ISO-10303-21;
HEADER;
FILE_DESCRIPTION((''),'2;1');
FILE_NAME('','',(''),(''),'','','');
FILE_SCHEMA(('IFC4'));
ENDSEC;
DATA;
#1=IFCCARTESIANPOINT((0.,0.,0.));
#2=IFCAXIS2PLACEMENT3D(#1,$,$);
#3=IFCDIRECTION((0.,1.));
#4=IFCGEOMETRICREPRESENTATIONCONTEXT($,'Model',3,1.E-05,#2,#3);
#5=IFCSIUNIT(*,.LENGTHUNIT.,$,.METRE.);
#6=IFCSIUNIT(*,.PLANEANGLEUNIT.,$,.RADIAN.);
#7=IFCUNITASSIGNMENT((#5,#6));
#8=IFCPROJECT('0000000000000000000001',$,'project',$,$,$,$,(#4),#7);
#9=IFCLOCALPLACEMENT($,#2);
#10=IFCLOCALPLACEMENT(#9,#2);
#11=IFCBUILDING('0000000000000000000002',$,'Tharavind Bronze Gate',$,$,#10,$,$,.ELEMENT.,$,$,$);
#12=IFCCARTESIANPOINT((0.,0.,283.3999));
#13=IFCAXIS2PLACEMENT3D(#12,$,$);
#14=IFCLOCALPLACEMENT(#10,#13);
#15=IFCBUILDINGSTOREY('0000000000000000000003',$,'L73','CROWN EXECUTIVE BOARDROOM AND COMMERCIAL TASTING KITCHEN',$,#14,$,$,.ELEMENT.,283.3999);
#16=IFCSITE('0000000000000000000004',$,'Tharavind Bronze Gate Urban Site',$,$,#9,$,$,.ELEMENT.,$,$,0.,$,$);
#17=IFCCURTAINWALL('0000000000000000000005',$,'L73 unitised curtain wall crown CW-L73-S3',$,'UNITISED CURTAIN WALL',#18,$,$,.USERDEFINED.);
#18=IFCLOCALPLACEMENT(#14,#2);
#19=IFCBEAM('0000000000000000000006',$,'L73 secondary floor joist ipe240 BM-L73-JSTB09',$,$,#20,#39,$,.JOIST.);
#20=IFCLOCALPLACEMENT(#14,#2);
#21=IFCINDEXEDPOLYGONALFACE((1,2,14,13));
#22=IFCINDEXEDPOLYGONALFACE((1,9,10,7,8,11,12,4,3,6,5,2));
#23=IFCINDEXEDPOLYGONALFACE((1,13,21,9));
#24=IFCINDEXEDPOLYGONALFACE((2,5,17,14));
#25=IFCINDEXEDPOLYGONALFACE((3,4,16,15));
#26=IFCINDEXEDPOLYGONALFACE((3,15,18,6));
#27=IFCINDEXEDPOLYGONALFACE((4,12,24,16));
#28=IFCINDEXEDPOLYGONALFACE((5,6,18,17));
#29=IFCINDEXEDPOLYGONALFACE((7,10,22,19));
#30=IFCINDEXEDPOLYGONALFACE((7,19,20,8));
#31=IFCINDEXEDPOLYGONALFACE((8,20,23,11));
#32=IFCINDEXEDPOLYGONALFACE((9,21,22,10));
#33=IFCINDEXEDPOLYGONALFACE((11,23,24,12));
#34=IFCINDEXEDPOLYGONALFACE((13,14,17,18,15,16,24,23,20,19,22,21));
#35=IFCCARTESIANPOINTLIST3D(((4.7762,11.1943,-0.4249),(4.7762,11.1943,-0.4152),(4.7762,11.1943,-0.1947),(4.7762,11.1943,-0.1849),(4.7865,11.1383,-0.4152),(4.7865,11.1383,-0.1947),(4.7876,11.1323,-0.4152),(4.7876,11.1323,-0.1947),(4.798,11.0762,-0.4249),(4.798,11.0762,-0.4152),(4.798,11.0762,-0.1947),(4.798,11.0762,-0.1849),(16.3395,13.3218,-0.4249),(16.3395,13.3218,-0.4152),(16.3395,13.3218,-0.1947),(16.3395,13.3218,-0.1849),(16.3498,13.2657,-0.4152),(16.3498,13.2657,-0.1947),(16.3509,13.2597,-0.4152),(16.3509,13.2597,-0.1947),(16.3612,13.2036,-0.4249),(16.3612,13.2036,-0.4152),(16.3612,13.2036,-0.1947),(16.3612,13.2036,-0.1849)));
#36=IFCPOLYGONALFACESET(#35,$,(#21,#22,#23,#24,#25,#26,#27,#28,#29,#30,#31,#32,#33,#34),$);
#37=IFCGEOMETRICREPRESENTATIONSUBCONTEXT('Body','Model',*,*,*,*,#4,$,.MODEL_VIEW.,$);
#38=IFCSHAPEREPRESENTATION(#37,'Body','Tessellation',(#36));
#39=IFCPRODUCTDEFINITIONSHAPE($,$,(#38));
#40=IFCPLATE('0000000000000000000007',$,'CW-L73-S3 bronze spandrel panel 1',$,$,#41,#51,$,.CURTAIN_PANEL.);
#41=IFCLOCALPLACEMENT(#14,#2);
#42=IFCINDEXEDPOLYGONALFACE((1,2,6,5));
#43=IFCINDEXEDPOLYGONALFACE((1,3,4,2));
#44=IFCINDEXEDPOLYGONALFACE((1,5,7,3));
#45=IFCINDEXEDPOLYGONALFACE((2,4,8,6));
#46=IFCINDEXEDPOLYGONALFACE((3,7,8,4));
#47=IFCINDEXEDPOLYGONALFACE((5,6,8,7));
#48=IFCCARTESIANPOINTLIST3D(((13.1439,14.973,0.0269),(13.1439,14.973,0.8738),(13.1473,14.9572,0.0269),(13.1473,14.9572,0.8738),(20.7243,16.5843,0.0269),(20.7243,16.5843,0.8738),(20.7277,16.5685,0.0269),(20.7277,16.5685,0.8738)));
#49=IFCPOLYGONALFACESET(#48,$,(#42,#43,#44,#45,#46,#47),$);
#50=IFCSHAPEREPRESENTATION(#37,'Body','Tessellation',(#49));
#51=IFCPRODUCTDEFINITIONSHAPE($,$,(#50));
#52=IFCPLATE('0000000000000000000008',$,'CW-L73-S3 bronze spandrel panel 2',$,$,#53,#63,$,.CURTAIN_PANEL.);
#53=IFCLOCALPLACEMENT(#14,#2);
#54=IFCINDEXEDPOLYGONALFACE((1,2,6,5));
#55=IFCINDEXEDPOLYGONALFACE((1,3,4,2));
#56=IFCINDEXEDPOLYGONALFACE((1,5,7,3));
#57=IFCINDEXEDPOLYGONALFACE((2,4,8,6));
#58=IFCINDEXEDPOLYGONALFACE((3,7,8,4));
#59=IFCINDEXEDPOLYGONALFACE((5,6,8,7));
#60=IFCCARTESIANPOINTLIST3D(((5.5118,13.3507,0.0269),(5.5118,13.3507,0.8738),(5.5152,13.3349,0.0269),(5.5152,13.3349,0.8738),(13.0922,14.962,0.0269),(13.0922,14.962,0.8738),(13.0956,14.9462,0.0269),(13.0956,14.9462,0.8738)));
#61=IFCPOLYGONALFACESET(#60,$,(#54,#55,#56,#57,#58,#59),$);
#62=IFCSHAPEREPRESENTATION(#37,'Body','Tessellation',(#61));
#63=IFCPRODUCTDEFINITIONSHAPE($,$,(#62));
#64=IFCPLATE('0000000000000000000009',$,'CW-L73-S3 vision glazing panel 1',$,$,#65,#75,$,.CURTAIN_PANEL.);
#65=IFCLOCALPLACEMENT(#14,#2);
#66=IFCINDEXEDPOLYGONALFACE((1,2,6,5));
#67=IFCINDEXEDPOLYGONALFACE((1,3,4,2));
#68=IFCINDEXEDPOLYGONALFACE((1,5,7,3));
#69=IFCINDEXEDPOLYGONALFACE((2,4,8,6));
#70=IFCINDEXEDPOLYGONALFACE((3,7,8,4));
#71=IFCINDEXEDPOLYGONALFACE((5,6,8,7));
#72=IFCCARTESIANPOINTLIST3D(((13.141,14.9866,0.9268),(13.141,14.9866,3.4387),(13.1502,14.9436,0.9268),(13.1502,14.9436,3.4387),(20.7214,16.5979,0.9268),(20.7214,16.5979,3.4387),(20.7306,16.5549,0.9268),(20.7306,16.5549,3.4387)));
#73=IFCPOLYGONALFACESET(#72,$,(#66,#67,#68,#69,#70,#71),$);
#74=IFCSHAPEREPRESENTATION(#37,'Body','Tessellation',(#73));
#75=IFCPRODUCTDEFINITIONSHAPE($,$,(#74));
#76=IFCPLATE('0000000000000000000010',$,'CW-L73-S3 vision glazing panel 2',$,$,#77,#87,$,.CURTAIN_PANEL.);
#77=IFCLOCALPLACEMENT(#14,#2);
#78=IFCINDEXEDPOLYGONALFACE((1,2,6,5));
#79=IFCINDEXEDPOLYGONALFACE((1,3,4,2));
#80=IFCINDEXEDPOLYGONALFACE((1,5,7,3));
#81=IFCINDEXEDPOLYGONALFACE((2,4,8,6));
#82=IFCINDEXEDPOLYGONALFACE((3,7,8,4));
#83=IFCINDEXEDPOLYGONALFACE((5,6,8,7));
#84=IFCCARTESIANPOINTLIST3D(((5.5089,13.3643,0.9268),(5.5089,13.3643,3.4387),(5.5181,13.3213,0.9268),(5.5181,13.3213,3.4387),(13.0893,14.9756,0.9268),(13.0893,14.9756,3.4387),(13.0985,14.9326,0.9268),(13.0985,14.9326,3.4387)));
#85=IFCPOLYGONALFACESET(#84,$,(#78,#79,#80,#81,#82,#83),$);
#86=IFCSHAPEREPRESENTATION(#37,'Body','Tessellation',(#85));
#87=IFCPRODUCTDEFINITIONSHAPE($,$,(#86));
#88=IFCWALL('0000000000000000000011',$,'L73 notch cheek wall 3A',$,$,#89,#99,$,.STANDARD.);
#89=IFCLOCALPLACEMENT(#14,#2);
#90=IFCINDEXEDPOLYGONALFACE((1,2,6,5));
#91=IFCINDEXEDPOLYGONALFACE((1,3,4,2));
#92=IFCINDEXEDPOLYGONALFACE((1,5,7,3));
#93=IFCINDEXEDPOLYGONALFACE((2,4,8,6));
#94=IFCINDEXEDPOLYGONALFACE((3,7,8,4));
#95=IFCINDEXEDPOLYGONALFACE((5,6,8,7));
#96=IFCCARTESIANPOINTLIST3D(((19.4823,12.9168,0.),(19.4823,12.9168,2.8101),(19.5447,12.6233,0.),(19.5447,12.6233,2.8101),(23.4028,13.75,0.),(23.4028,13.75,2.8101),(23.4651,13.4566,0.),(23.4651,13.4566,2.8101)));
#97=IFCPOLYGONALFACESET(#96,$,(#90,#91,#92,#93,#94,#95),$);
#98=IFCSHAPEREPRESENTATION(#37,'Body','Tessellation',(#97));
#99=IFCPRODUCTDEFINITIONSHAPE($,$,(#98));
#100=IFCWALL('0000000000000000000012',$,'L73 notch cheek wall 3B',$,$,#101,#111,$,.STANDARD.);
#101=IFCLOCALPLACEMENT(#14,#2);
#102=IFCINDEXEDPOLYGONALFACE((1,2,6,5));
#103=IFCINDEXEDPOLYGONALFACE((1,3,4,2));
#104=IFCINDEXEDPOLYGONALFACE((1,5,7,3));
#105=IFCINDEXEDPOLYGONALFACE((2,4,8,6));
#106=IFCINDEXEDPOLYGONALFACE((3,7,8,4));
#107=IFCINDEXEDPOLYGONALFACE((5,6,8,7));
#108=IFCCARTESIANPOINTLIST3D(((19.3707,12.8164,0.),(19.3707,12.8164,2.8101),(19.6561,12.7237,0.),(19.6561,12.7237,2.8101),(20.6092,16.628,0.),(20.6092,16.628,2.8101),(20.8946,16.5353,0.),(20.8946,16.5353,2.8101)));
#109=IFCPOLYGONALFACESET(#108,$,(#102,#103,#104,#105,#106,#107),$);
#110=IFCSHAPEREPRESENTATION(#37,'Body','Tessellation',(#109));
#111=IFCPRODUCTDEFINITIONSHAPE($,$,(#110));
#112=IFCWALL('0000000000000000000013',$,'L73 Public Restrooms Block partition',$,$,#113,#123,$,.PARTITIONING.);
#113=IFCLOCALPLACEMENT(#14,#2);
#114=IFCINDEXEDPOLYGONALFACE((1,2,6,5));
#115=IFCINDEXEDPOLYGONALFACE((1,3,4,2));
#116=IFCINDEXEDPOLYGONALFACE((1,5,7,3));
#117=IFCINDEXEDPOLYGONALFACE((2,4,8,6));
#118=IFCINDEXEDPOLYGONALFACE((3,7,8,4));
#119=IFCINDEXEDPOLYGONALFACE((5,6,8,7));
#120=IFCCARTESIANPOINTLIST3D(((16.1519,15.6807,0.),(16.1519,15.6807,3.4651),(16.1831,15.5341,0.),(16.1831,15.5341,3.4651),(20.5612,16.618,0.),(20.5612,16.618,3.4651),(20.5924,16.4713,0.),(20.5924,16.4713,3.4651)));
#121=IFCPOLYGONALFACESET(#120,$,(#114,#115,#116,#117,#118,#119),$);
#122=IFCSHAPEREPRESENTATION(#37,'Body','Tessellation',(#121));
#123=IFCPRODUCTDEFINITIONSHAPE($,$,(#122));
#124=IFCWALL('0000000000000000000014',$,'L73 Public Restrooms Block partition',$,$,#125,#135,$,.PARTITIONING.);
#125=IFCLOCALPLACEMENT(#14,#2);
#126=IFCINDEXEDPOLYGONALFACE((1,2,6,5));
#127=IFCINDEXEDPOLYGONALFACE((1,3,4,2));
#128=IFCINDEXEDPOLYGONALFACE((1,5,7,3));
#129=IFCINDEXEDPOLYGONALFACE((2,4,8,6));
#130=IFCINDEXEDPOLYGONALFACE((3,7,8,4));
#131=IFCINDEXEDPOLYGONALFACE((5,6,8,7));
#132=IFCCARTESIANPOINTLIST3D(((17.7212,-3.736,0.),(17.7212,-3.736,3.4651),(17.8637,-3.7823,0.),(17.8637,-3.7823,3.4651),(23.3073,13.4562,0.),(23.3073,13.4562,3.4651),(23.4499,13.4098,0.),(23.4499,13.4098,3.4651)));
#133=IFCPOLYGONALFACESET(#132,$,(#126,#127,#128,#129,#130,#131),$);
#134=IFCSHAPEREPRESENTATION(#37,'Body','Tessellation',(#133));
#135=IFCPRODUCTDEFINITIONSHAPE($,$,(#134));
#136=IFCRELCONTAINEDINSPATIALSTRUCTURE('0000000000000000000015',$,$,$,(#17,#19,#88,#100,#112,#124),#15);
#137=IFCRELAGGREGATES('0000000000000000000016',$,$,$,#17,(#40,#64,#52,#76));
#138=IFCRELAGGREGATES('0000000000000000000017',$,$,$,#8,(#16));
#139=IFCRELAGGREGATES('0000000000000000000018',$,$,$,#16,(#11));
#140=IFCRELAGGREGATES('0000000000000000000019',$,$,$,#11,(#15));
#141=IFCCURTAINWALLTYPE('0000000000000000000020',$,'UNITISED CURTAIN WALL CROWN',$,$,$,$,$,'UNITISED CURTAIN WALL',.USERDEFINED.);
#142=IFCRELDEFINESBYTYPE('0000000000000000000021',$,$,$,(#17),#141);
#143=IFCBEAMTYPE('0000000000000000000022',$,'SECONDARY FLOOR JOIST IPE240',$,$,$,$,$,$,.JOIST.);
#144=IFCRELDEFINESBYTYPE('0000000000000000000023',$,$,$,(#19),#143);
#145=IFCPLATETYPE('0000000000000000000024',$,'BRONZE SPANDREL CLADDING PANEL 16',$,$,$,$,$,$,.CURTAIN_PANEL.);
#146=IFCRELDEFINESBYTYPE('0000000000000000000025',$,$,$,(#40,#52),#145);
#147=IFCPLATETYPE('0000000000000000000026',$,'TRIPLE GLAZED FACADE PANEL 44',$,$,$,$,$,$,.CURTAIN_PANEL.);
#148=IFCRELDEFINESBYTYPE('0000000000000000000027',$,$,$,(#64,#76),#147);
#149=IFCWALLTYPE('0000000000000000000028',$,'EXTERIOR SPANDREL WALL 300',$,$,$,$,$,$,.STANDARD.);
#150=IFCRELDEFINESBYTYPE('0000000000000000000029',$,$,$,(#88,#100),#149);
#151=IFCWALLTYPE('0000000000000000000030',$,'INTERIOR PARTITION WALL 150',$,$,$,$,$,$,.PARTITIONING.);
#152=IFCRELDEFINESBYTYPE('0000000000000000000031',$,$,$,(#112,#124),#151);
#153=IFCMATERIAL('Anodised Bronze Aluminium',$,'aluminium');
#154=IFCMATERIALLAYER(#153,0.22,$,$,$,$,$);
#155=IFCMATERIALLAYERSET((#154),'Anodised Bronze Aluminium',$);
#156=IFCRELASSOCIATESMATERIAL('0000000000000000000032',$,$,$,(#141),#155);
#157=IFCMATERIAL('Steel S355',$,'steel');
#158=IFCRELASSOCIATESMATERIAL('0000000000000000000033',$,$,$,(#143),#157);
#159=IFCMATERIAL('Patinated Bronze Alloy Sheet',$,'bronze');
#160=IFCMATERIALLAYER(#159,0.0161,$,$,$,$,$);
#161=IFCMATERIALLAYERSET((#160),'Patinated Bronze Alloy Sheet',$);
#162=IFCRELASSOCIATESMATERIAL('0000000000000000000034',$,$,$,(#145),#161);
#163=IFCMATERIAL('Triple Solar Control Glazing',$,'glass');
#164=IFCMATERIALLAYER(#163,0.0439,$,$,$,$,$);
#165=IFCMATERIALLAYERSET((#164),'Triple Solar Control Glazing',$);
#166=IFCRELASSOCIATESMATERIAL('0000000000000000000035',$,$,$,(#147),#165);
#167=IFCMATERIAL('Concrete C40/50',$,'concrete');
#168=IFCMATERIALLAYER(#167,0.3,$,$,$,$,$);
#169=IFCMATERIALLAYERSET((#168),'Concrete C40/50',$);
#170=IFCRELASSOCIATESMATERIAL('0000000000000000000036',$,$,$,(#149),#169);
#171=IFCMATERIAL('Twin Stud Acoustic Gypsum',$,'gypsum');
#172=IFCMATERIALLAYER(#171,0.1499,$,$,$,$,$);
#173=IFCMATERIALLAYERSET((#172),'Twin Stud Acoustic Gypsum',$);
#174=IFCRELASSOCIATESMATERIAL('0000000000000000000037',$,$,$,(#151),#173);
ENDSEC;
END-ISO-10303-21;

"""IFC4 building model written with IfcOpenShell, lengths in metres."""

from ifc_helpers import new_model, si_unit, direction, frame, frame_2d, origin, origin_2d, place, context, subcontext, project, spatial, rectangle, i_section, extrude, material, layer, layer_set, material_profile, profile_set, type_object, element, aggregate, save


model = new_model("IFC4")

# Units and contexts
model_context = context("Model", 3, precision=1e-05, world=origin(), true_north=direction((0.0, 1.0)))
body_context = subcontext(model_context, "Body", "Model", "MODEL_VIEW")
ifc_project = project(units=[si_unit("LENGTHUNIT", "METRE"), si_unit("PLANEANGLEUNIT", "RADIAN")], contexts=[model_context])

# Site, building, storey
site_placement = place(None, origin())
site = spatial("IfcSite", under=ifc_project, at=site_placement, Name="Tharavind Bronze Gate Urban Site", CompositionType="ELEMENT", RefElevation=0.0)
building_placement = place(site_placement, origin())
building = spatial("IfcBuilding", under=site, at=building_placement, Name="Tharavind Bronze Gate", CompositionType="ELEMENT")
storey_placement = place(building_placement, frame((0.0, 0.0, 283.3999)))
storey = spatial("IfcBuildingStorey", under=building, at=storey_placement, Name="L73", Description="CROWN EXECUTIVE BOARDROOM AND COMMERCIAL TASTING KITCHEN", CompositionType="ELEMENT", Elevation=283.3999)

# Shared definitions
ifc_material_1 = material(Name="Anodised Bronze Aluminium", Category="aluminium")
ifc_layer_1 = layer(ifc_material_1, 0.22)
ifc_layer_set_1 = layer_set([ifc_layer_1], Name="Anodised Bronze Aluminium")
curtain_wall_type = type_object("IfcCurtainWallType", Name="UNITISED CURTAIN WALL CROWN", ElementType="UNITISED CURTAIN WALL", PredefinedType="USERDEFINED", material=ifc_layer_set_1)

# Curtain wall
curtain_wall_1_placement = place(storey_placement, origin())
curtain_wall_1 = element("IfcCurtainWall", 1, at=curtain_wall_1_placement, inside=storey, type_object=curtain_wall_type, Name="L73 unitised curtain wall crown CW-L73-S3", ObjectType="UNITISED CURTAIN WALL", PredefinedType="USERDEFINED")

# Beam
ifc_material_2 = material(Name="Steel S355", Category="steel")
ifc_material_profile_1 = material_profile(ifc_material_2, i_section(OverallWidth=0.1201, OverallDepth=0.24, WebThickness=0.0061, FlangeThickness=0.0098, at=origin_2d()), Name="IPE240")
ifc_profile_set_1 = profile_set([ifc_material_profile_1], Name="Steel S355")
beam_type_1 = type_object("IfcBeamType", Name="SECONDARY FLOOR JOIST IPE240", PredefinedType="JOIST", material=ifc_profile_set_1)
beam_1_placement = place(storey_placement, frame((16.3503, 13.2627, -0.3049), z_axis=(-0.983493, -0.180946, 0.0), x_axis=(0.180946, -0.983493, 0.0)))
element("IfcBeam", 2, at=beam_1_placement, inside=storey, type_object=beam_type_1, Name="L73 secondary floor joist ipe240 BM-L73-JSTB09", PredefinedType="JOIST", context=body_context, shape_type="SweptSolid", body=[
    extrude(i_section(OverallWidth=0.1201, OverallDepth=0.24, WebThickness=0.0061, FlangeThickness=0.0098, at=origin_2d()), origin(), (0.0, 0.0, 1.0), 11.7573),
])

# Plates
ifc_material_3 = material(Name="Patinated Bronze Alloy Sheet", Category="bronze")
ifc_layer_2 = layer(ifc_material_3, 0.0161)
ifc_layer_set_2 = layer_set([ifc_layer_2], Name="Patinated Bronze Alloy Sheet")
plate_type_1 = type_object("IfcPlateType", Name="BRONZE SPANDREL CLADDING PANEL 16", PredefinedType="CURTAIN_PANEL", material=ifc_layer_set_2)
plate_1_placement = place(storey_placement, frame((16.9358, 15.7708, 0.0269), z_axis=(0.0, 0.0, 1.0), x_axis=(-0.978147, -0.207913, 0.0)))
plate_1 = element("IfcPlate", 3, at=plate_1_placement, type_object=plate_type_1, Name="CW-L73-S3 bronze spandrel panel 1", PredefinedType="CURTAIN_PANEL", context=body_context, shape_type="SweptSolid", body=[
    extrude(rectangle(XDim=7.7498, YDim=0.0161, at=origin_2d()), origin(), (0.0, 0.0, 1.0), 0.8469),
])
plate_2_placement = place(storey_placement, frame((9.3037, 14.1484, 0.0269), z_axis=(0.0, 0.0, 1.0), x_axis=(-0.978147, -0.207913, 0.0)))
plate_2 = element("IfcPlate", 4, at=plate_2_placement, type_object=plate_type_1, Name="CW-L73-S3 bronze spandrel panel 2", PredefinedType="CURTAIN_PANEL", context=body_context, shape_type="SweptSolid", body=[
    extrude(rectangle(XDim=7.7498, YDim=0.0161, at=origin_2d()), origin(), (0.0, 0.0, 1.0), 0.8469),
])
ifc_material_4 = material(Name="Triple Solar Control Glazing", Category="glass")
ifc_layer_3 = layer(ifc_material_4, 0.0439)
ifc_layer_set_3 = layer_set([ifc_layer_3], Name="Triple Solar Control Glazing")
plate_type_2 = type_object("IfcPlateType", Name="TRIPLE GLAZED FACADE PANEL 44", PredefinedType="CURTAIN_PANEL", material=ifc_layer_set_3)
plate_3_placement = place(storey_placement, frame((16.9358, 15.7708, 0.9268), z_axis=(0.0, 0.0, 1.0), x_axis=(-0.978147, -0.207913, 0.0)))
plate_3 = element("IfcPlate", 5, at=plate_3_placement, type_object=plate_type_2, Name="CW-L73-S3 vision glazing panel 1", PredefinedType="CURTAIN_PANEL", context=body_context, shape_type="SweptSolid", body=[
    extrude(rectangle(XDim=7.7498, YDim=0.0439, at=origin_2d()), origin(), (0.0, 0.0, 1.0), 2.512),
])
plate_4_placement = place(storey_placement, frame((9.3037, 14.1484, 0.9268), z_axis=(0.0, 0.0, 1.0), x_axis=(-0.978147, -0.207913, 0.0)))
plate_4 = element("IfcPlate", 6, at=plate_4_placement, type_object=plate_type_2, Name="CW-L73-S3 vision glazing panel 2", PredefinedType="CURTAIN_PANEL", context=body_context, shape_type="SweptSolid", body=[
    extrude(rectangle(XDim=7.7498, YDim=0.0439, at=origin_2d()), origin(), (0.0, 0.0, 1.0), 2.512),
])
aggregate(curtain_wall_1, [plate_1, plate_3, plate_2, plate_4])

# Walls
ifc_material_5 = material(Name="Concrete C40/50", Category="concrete")
ifc_layer_4 = layer(ifc_material_5, 0.3)
ifc_layer_set_4 = layer_set([ifc_layer_4], Name="Concrete C40/50")
wall_type_1 = type_object("IfcWallType", Name="EXTERIOR SPANDREL WALL 300", PredefinedType="STANDARD", material=ifc_layer_set_4)
wall_1_placement = place(storey_placement, frame((23.4338, 13.6033, 0.0), z_axis=(0.0, 0.0, 1.0), x_axis=(-0.97815, -0.207898, 0.0)))
element("IfcWall", 7, at=wall_1_placement, inside=storey, type_object=wall_type_1, Name="L73 notch cheek wall 3A", PredefinedType="STANDARD", context=body_context, shape_type="SweptSolid", body=[
    extrude(rectangle(XDim=4.0081, YDim=0.3, at=frame_2d((2.0039, 0.0))), origin(), (0.0, 0.0, 1.0), 2.8101),
])
wall_2_placement = place(storey_placement, frame((19.5134, 12.77, 0.0), z_axis=(0.0, 0.0, 1.0), x_axis=(0.309019, 0.951056, 0.0)))
element("IfcWall", 8, at=wall_2_placement, inside=storey, type_object=wall_type_1, Name="L73 notch cheek wall 3B", PredefinedType="STANDARD", context=body_context, shape_type="SweptSolid", body=[
    extrude(rectangle(XDim=4.0078, YDim=0.3, at=frame_2d((2.0039, 0.0))), origin(), (0.0, 0.0, 1.0), 2.8101),
])
ifc_material_6 = material(Name="Twin Stud Acoustic Gypsum", Category="gypsum")
ifc_layer_5 = layer(ifc_material_6, 0.1499)
ifc_layer_set_5 = layer_set([ifc_layer_5], Name="Twin Stud Acoustic Gypsum")
wall_type_2 = type_object("IfcWallType", Name="INTERIOR PARTITION WALL 150", PredefinedType="PARTITIONING", material=ifc_layer_set_5)
wall_3_placement = place(storey_placement, frame((16.1675, 15.6074, 0.0), z_axis=(0.0, 0.0, 1.0), x_axis=(0.978147, 0.207913, 0.0)))
element("IfcWall", 9, at=wall_3_placement, inside=storey, type_object=wall_type_2, Name="L73 Public Restrooms Block partition", PredefinedType="PARTITIONING", context=body_context, shape_type="SweptSolid", body=[
    extrude(rectangle(XDim=4.5078, YDim=0.1499, at=frame_2d((2.2539, 0.0))), origin(), (0.0, 0.0, 1.0), 3.4651),
])
wall_4_placement = place(storey_placement, frame((23.3787, 13.4331, 0.0), z_axis=(0.0, 0.0, 1.0), x_axis=(-0.309023, -0.951055, 0.0)))
element("IfcWall", 10, at=wall_4_placement, inside=storey, type_object=wall_type_2, Name="L73 Public Restrooms Block partition", PredefinedType="PARTITIONING", context=body_context, shape_type="SweptSolid", body=[
    extrude(rectangle(XDim=18.0769, YDim=0.1499, at=frame_2d((9.0386, 0.0))), origin(), (0.0, 0.0, 1.0), 3.4651),
])

save(model, "model.ifc")
